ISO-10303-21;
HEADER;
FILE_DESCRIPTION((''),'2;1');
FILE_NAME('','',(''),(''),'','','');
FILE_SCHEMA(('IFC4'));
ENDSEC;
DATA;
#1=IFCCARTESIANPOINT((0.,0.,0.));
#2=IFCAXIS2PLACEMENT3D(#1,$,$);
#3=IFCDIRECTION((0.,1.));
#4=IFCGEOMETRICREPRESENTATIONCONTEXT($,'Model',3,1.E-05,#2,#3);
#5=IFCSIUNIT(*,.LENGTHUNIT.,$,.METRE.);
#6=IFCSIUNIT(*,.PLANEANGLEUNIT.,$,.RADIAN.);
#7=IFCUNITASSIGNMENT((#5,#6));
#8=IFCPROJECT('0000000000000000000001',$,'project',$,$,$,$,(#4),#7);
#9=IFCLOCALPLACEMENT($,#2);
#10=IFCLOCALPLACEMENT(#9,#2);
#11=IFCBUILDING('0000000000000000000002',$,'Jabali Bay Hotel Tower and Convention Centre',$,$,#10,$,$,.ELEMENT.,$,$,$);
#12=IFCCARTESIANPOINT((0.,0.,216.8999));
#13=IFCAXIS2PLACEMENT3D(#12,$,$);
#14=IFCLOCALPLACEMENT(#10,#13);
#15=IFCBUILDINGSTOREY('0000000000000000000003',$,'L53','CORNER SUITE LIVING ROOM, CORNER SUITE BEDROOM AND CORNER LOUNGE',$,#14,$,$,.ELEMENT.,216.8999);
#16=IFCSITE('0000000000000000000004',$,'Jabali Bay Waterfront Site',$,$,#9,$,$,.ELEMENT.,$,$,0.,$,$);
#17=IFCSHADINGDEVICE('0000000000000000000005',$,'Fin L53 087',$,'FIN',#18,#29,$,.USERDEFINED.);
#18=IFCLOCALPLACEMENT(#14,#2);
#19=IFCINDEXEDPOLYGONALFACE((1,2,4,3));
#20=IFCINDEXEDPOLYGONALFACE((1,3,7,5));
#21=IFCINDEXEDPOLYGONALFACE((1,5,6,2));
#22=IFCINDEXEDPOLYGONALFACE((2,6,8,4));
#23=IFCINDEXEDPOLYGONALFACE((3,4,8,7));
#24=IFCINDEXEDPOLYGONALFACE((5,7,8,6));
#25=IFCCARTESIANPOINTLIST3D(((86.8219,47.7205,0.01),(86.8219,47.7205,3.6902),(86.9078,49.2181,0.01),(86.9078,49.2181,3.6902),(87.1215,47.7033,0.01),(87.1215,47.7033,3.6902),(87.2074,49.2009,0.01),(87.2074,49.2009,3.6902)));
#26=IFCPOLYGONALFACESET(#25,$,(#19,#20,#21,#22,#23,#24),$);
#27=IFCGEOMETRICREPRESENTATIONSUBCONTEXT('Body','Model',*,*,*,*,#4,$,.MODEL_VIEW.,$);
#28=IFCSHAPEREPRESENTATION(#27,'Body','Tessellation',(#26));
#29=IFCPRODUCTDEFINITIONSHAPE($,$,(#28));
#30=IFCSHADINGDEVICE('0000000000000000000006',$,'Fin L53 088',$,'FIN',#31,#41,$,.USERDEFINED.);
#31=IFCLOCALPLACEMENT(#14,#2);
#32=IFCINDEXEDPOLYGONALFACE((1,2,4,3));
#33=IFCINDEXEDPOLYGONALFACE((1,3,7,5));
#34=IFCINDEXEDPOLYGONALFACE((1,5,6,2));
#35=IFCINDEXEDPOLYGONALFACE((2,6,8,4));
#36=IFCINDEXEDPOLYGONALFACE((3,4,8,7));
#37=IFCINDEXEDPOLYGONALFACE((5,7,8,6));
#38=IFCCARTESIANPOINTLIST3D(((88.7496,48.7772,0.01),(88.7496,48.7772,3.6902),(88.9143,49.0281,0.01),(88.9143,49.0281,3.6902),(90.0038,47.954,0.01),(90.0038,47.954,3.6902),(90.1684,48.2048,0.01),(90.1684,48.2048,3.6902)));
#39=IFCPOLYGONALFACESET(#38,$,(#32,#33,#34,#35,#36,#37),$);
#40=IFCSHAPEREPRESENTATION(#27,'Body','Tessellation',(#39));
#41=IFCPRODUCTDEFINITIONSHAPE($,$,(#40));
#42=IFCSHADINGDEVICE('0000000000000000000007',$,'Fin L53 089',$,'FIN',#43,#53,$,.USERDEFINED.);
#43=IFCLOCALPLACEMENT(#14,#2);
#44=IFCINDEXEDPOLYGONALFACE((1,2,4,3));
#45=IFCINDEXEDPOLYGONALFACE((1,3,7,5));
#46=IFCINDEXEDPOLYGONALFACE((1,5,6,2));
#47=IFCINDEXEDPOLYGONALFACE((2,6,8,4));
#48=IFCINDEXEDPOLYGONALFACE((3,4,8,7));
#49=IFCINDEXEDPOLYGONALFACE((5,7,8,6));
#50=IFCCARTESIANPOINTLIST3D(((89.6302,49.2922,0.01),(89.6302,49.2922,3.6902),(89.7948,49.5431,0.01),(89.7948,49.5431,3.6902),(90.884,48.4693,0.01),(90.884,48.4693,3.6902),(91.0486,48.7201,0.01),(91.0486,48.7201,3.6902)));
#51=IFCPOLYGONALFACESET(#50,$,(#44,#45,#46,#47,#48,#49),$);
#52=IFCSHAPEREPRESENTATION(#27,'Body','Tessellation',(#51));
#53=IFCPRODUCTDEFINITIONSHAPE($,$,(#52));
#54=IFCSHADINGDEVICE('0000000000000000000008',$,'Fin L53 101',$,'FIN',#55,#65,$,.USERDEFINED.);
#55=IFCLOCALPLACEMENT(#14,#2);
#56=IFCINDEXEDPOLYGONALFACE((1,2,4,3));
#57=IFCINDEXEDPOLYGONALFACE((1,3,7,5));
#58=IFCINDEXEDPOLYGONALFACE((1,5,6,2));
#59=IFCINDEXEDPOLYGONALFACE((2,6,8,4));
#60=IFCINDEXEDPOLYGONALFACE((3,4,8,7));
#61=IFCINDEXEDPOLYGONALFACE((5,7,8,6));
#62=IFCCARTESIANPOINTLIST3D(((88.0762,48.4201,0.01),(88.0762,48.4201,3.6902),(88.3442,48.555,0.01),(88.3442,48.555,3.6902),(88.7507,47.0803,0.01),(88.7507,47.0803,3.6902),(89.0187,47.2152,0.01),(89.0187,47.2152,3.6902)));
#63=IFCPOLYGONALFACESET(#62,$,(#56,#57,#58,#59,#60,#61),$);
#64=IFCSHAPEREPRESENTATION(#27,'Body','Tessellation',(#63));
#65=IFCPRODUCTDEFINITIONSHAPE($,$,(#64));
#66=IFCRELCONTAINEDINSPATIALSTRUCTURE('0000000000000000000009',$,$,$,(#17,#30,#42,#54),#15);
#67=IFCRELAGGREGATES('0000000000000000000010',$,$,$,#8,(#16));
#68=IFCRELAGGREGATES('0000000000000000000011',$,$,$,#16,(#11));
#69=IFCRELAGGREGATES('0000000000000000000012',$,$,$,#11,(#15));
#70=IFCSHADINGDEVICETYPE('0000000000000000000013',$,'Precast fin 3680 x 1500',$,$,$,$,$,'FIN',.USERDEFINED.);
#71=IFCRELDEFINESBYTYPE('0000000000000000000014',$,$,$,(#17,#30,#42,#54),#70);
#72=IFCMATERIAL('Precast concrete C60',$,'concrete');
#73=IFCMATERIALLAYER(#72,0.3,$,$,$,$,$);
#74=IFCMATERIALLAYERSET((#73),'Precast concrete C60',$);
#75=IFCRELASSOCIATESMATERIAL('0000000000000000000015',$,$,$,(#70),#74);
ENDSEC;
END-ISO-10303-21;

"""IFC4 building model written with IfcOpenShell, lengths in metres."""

from ifc_helpers import new_model, si_unit, direction, frame, frame_2d, origin, place, context, subcontext, project, spatial, rectangle, extrude, material, layer, layer_set, type_object, element, save


model = new_model("IFC4")

# Units and contexts
model_context = context("Model", 3, precision=1e-05, world=origin(), true_north=direction((0.0, 1.0)))
body_context = subcontext(model_context, "Body", "Model", "MODEL_VIEW")
ifc_project = project(units=[si_unit("LENGTHUNIT", "METRE"), si_unit("PLANEANGLEUNIT", "RADIAN")], contexts=[model_context])

# Site, building, storey
site_placement = place(None, origin())
site = spatial("IfcSite", under=ifc_project, at=site_placement, Name="Jabali Bay Waterfront Site", CompositionType="ELEMENT", RefElevation=0.0)
building_placement = place(site_placement, origin())
building = spatial("IfcBuilding", under=site, at=building_placement, Name="Jabali Bay Hotel Tower and Convention Centre", CompositionType="ELEMENT")
storey_placement = place(building_placement, frame((0.0, 0.0, 216.8999)))
storey = spatial("IfcBuildingStorey", under=building, at=storey_placement, Name="L53", Description="CORNER SUITE LIVING ROOM, CORNER SUITE BEDROOM AND CORNER LOUNGE", CompositionType="ELEMENT", Elevation=216.8999)

# Shading devices
ifc_material_1 = material(Name="Precast concrete C60", Category="concrete")
ifc_layer_1 = layer(ifc_material_1, 0.3)
ifc_layer_set_1 = layer_set([ifc_layer_1], Name="Precast concrete C60")
shading_device_type = type_object("IfcShadingDeviceType", Name="Precast fin 3680 x 1500", ElementType="FIN", PredefinedType="USERDEFINED", material=ifc_layer_set_1)
for number, where, z_axis, x_axis, name in (
    (1, (87.0576, 49.2095, 0.01), (0.0, 0.0, 1.0), (-0.057291, -0.998358, 0.0), "Fin L53 087"),
):
    element("IfcShadingDevice", number, at=place(storey_placement, frame(where, z_axis=z_axis, x_axis=x_axis)), inside=storey, type_object=shading_device_type, Name=name, ObjectType="FIN", PredefinedType="USERDEFINED", context=body_context, shape_type="SweptSolid", body=[
        extrude(rectangle(XDim=1.5, YDim=0.3, at=frame_2d((0.75, 0.0))), origin(), (0.0, 0.0, 1.0), 3.6802),
    ])
shading_device_1_placement = place(storey_placement, frame((88.832, 48.9026, 0.01), z_axis=(0.0, 0.0, 1.0), x_axis=(0.835985, -0.548752, 0.0)))
element("IfcShadingDevice", 2, at=shading_device_1_placement, inside=storey, type_object=shading_device_type, Name="Fin L53 088", ObjectType="FIN", PredefinedType="USERDEFINED", context=body_context, shape_type="SweptSolid", body=[
    extrude(rectangle(XDim=1.5002, YDim=0.3, at=frame_2d((0.75, 0.0))), origin(), (0.0, 0.0, 1.0), 3.6802),
])
shading_device_2_placement = place(storey_placement, frame((89.7124, 49.4177, 0.01), z_axis=(0.0, 0.0, 1.0), x_axis=(0.836011, -0.548713, 0.0)))
element("IfcShadingDevice", 3, at=shading_device_2_placement, inside=storey, type_object=shading_device_type, Name="Fin L53 089", ObjectType="FIN", PredefinedType="USERDEFINED", context=body_context, shape_type="SweptSolid", body=[
    extrude(rectangle(XDim=1.4998, YDim=0.3, at=frame_2d((0.75, 0.0))), origin(), (0.0, 0.0, 1.0), 3.6802),
])
shading_device_3_placement = place(storey_placement, frame((88.2102, 48.4875, 0.01), z_axis=(0.0, 0.0, 1.0), x_axis=(0.449686, -0.893187, 0.0)))
element("IfcShadingDevice", 4, at=shading_device_3_placement, inside=storey, type_object=shading_device_type, Name="Fin L53 101", ObjectType="FIN", PredefinedType="USERDEFINED", context=body_context, shape_type="SweptSolid", body=[
    extrude(rectangle(XDim=1.5, YDim=0.3, at=frame_2d((0.75, 0.0))), origin(), (0.0, 0.0, 1.0), 3.6802),
])

save(model, "model.ifc")
